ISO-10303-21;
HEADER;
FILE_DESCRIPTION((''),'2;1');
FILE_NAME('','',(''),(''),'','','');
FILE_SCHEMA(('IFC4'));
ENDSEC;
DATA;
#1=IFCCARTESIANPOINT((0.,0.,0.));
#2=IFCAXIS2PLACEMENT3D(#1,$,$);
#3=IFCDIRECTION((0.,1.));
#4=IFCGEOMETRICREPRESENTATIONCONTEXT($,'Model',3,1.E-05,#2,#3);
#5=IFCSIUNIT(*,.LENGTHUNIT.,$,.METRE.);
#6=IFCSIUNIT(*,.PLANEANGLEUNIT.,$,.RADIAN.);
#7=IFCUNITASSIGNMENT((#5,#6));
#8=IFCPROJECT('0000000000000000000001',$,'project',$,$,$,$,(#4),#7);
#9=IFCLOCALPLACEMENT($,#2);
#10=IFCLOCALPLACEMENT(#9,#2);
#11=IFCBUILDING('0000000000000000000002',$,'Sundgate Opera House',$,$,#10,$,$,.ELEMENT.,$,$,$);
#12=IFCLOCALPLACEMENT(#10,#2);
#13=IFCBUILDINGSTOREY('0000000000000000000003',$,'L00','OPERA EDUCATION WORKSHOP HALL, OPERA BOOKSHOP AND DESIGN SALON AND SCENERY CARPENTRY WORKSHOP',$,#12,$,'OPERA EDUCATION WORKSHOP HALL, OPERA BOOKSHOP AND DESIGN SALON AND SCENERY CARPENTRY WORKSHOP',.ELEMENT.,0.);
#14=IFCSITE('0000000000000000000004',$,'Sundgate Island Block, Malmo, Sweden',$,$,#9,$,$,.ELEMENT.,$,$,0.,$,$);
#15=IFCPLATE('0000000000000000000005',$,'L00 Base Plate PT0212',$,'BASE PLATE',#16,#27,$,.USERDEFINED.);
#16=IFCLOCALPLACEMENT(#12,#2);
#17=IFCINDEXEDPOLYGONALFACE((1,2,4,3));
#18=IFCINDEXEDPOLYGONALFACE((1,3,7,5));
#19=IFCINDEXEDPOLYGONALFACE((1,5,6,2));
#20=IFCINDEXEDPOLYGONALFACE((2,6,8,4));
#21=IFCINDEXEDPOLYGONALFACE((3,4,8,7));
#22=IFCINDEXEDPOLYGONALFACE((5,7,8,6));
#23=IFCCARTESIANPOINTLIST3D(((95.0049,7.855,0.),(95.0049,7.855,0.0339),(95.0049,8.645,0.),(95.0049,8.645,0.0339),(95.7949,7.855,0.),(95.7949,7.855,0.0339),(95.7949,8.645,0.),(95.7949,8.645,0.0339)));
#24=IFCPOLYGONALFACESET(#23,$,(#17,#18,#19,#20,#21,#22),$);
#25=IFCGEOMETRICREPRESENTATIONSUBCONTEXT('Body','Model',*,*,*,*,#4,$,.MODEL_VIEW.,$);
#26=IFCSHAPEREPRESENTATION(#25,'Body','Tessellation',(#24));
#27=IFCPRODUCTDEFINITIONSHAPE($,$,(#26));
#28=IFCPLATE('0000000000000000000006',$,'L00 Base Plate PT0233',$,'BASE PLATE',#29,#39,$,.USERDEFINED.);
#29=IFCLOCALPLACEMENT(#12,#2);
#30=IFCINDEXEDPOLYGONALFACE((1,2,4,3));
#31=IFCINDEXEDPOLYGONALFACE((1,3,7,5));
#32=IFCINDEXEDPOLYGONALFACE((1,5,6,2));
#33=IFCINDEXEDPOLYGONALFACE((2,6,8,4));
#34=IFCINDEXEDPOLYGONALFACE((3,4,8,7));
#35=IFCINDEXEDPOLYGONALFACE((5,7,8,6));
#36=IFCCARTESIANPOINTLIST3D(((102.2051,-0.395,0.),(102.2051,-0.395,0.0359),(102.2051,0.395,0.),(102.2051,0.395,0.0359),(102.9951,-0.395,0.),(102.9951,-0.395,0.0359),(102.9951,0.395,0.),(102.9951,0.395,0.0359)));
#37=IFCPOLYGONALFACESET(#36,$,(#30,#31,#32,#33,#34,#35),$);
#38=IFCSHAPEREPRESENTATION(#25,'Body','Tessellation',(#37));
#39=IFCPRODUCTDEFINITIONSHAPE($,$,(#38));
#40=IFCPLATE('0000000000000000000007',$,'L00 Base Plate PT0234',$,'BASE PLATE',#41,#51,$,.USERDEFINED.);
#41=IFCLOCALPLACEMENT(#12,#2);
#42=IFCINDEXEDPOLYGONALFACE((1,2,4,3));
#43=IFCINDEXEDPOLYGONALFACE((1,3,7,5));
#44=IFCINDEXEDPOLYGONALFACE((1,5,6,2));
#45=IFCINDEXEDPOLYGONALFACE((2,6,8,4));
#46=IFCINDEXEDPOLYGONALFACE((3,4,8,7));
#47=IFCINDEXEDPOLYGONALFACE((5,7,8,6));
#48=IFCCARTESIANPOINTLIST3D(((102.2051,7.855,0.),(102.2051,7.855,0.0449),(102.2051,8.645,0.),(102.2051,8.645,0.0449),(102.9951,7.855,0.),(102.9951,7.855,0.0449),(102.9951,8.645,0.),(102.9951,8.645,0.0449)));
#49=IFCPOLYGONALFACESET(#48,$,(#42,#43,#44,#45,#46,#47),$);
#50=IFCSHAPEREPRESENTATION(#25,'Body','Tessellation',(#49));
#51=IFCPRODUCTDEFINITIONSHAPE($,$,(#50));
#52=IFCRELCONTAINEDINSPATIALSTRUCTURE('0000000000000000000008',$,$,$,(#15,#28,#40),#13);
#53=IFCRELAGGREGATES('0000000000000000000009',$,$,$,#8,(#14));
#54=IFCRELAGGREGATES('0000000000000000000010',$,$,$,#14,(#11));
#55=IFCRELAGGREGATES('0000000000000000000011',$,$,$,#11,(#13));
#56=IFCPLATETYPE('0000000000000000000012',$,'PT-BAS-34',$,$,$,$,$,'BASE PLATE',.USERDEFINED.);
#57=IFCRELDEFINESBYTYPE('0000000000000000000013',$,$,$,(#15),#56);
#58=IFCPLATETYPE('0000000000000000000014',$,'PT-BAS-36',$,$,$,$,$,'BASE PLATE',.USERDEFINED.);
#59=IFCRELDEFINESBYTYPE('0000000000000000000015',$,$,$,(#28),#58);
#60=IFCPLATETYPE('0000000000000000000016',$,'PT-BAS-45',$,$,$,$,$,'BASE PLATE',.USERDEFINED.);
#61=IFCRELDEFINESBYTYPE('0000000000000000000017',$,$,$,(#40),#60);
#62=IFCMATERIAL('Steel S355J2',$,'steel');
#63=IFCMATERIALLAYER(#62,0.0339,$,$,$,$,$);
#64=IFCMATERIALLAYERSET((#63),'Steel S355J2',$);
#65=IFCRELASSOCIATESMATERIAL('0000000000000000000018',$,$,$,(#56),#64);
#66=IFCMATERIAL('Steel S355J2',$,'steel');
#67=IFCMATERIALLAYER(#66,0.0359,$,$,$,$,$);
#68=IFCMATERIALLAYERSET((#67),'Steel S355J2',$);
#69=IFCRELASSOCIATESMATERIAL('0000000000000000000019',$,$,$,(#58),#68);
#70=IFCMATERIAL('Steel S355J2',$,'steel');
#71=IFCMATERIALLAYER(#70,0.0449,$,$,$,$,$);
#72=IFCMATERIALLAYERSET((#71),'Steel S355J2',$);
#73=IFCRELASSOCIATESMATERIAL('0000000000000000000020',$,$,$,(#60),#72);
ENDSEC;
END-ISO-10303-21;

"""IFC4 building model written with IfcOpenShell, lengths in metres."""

from ifc_helpers import new_model, si_unit, direction, frame, origin, origin_2d, place, context, subcontext, project, spatial, rectangle, extrude, material, layer, layer_set, type_object, element, save


model = new_model("IFC4")

# Units and contexts
model_context = context("Model", 3, precision=1e-05, world=origin(), true_north=direction((0.0, 1.0)))
body_context = subcontext(model_context, "Body", "Model", "MODEL_VIEW")
ifc_project = project(units=[si_unit("LENGTHUNIT", "METRE"), si_unit("PLANEANGLEUNIT", "RADIAN")], contexts=[model_context])

# Site, building, storey
site_placement = place(None, origin())
site = spatial("IfcSite", under=ifc_project, at=site_placement, Name="Sundgate Island Block, Malmo, Sweden", CompositionType="ELEMENT", RefElevation=0.0)
building_placement = place(site_placement, origin())
building = spatial("IfcBuilding", under=site, at=building_placement, Name="Sundgate Opera House", CompositionType="ELEMENT")
storey_placement = place(building_placement, origin())
storey = spatial("IfcBuildingStorey", under=building, at=storey_placement, Name="L00", Description="OPERA EDUCATION WORKSHOP HALL, OPERA BOOKSHOP AND DESIGN SALON AND SCENERY CARPENTRY WORKSHOP", LongName="OPERA EDUCATION WORKSHOP HALL, OPERA BOOKSHOP AND DESIGN SALON AND SCENERY CARPENTRY WORKSHOP", CompositionType="ELEMENT", Elevation=0.0)

# Plates
ifc_material_1 = material(Name="Steel S355J2", Category="steel")
ifc_layer_1 = layer(ifc_material_1, 0.0339)
ifc_layer_set_1 = layer_set([ifc_layer_1], Name="Steel S355J2")
plate_type_1 = type_object("IfcPlateType", Name="PT-BAS-34", ElementType="BASE PLATE", PredefinedType="USERDEFINED", material=ifc_layer_set_1)
plate_1_placement = place(storey_placement, frame((95.3999, 8.25, 0.0), z_axis=(0.0, 0.0, 1.0), x_axis=(1.0, 0.0, 0.0)))
element("IfcPlate", 1, at=plate_1_placement, inside=storey, type_object=plate_type_1, Name="L00 Base Plate PT0212", ObjectType="BASE PLATE", PredefinedType="USERDEFINED", context=body_context, shape_type="SweptSolid", body=[
    extrude(rectangle(XDim=0.79, YDim=0.79, at=origin_2d()), origin(), (0.0, 0.0, 1.0), 0.0339),
])
ifc_material_2 = material(Name="Steel S355J2", Category="steel")
ifc_layer_2 = layer(ifc_material_2, 0.0359)
ifc_layer_set_2 = layer_set([ifc_layer_2], Name="Steel S355J2")
plate_type_2 = type_object("IfcPlateType", Name="PT-BAS-36", ElementType="BASE PLATE", PredefinedType="USERDEFINED", material=ifc_layer_set_2)
plate_2_placement = place(storey_placement, frame((102.6001, 0.0, 0.0), z_axis=(0.0, 0.0, 1.0), x_axis=(1.0, 0.0, 0.0)))
element("IfcPlate", 2, at=plate_2_placement, inside=storey, type_object=plate_type_2, Name="L00 Base Plate PT0233", ObjectType="BASE PLATE", PredefinedType="USERDEFINED", context=body_context, shape_type="SweptSolid", body=[
    extrude(rectangle(XDim=0.79, YDim=0.79, at=origin_2d()), origin(), (0.0, 0.0, 1.0), 0.0359),
])
ifc_material_3 = material(Name="Steel S355J2", Category="steel")
ifc_layer_3 = layer(ifc_material_3, 0.0449)
ifc_layer_set_3 = layer_set([ifc_layer_3], Name="Steel S355J2")
plate_type_3 = type_object("IfcPlateType", Name="PT-BAS-45", ElementType="BASE PLATE", PredefinedType="USERDEFINED", material=ifc_layer_set_3)
plate_3_placement = place(storey_placement, frame((102.6001, 8.25, 0.0), z_axis=(0.0, 0.0, 1.0), x_axis=(1.0, 0.0, 0.0)))
element("IfcPlate", 3, at=plate_3_placement, inside=storey, type_object=plate_type_3, Name="L00 Base Plate PT0234", ObjectType="BASE PLATE", PredefinedType="USERDEFINED", context=body_context, shape_type="SweptSolid", body=[
    extrude(rectangle(XDim=0.79, YDim=0.79, at=origin_2d()), origin(), (0.0, 0.0, 1.0), 0.0449),
])

save(model, "model.ifc")
